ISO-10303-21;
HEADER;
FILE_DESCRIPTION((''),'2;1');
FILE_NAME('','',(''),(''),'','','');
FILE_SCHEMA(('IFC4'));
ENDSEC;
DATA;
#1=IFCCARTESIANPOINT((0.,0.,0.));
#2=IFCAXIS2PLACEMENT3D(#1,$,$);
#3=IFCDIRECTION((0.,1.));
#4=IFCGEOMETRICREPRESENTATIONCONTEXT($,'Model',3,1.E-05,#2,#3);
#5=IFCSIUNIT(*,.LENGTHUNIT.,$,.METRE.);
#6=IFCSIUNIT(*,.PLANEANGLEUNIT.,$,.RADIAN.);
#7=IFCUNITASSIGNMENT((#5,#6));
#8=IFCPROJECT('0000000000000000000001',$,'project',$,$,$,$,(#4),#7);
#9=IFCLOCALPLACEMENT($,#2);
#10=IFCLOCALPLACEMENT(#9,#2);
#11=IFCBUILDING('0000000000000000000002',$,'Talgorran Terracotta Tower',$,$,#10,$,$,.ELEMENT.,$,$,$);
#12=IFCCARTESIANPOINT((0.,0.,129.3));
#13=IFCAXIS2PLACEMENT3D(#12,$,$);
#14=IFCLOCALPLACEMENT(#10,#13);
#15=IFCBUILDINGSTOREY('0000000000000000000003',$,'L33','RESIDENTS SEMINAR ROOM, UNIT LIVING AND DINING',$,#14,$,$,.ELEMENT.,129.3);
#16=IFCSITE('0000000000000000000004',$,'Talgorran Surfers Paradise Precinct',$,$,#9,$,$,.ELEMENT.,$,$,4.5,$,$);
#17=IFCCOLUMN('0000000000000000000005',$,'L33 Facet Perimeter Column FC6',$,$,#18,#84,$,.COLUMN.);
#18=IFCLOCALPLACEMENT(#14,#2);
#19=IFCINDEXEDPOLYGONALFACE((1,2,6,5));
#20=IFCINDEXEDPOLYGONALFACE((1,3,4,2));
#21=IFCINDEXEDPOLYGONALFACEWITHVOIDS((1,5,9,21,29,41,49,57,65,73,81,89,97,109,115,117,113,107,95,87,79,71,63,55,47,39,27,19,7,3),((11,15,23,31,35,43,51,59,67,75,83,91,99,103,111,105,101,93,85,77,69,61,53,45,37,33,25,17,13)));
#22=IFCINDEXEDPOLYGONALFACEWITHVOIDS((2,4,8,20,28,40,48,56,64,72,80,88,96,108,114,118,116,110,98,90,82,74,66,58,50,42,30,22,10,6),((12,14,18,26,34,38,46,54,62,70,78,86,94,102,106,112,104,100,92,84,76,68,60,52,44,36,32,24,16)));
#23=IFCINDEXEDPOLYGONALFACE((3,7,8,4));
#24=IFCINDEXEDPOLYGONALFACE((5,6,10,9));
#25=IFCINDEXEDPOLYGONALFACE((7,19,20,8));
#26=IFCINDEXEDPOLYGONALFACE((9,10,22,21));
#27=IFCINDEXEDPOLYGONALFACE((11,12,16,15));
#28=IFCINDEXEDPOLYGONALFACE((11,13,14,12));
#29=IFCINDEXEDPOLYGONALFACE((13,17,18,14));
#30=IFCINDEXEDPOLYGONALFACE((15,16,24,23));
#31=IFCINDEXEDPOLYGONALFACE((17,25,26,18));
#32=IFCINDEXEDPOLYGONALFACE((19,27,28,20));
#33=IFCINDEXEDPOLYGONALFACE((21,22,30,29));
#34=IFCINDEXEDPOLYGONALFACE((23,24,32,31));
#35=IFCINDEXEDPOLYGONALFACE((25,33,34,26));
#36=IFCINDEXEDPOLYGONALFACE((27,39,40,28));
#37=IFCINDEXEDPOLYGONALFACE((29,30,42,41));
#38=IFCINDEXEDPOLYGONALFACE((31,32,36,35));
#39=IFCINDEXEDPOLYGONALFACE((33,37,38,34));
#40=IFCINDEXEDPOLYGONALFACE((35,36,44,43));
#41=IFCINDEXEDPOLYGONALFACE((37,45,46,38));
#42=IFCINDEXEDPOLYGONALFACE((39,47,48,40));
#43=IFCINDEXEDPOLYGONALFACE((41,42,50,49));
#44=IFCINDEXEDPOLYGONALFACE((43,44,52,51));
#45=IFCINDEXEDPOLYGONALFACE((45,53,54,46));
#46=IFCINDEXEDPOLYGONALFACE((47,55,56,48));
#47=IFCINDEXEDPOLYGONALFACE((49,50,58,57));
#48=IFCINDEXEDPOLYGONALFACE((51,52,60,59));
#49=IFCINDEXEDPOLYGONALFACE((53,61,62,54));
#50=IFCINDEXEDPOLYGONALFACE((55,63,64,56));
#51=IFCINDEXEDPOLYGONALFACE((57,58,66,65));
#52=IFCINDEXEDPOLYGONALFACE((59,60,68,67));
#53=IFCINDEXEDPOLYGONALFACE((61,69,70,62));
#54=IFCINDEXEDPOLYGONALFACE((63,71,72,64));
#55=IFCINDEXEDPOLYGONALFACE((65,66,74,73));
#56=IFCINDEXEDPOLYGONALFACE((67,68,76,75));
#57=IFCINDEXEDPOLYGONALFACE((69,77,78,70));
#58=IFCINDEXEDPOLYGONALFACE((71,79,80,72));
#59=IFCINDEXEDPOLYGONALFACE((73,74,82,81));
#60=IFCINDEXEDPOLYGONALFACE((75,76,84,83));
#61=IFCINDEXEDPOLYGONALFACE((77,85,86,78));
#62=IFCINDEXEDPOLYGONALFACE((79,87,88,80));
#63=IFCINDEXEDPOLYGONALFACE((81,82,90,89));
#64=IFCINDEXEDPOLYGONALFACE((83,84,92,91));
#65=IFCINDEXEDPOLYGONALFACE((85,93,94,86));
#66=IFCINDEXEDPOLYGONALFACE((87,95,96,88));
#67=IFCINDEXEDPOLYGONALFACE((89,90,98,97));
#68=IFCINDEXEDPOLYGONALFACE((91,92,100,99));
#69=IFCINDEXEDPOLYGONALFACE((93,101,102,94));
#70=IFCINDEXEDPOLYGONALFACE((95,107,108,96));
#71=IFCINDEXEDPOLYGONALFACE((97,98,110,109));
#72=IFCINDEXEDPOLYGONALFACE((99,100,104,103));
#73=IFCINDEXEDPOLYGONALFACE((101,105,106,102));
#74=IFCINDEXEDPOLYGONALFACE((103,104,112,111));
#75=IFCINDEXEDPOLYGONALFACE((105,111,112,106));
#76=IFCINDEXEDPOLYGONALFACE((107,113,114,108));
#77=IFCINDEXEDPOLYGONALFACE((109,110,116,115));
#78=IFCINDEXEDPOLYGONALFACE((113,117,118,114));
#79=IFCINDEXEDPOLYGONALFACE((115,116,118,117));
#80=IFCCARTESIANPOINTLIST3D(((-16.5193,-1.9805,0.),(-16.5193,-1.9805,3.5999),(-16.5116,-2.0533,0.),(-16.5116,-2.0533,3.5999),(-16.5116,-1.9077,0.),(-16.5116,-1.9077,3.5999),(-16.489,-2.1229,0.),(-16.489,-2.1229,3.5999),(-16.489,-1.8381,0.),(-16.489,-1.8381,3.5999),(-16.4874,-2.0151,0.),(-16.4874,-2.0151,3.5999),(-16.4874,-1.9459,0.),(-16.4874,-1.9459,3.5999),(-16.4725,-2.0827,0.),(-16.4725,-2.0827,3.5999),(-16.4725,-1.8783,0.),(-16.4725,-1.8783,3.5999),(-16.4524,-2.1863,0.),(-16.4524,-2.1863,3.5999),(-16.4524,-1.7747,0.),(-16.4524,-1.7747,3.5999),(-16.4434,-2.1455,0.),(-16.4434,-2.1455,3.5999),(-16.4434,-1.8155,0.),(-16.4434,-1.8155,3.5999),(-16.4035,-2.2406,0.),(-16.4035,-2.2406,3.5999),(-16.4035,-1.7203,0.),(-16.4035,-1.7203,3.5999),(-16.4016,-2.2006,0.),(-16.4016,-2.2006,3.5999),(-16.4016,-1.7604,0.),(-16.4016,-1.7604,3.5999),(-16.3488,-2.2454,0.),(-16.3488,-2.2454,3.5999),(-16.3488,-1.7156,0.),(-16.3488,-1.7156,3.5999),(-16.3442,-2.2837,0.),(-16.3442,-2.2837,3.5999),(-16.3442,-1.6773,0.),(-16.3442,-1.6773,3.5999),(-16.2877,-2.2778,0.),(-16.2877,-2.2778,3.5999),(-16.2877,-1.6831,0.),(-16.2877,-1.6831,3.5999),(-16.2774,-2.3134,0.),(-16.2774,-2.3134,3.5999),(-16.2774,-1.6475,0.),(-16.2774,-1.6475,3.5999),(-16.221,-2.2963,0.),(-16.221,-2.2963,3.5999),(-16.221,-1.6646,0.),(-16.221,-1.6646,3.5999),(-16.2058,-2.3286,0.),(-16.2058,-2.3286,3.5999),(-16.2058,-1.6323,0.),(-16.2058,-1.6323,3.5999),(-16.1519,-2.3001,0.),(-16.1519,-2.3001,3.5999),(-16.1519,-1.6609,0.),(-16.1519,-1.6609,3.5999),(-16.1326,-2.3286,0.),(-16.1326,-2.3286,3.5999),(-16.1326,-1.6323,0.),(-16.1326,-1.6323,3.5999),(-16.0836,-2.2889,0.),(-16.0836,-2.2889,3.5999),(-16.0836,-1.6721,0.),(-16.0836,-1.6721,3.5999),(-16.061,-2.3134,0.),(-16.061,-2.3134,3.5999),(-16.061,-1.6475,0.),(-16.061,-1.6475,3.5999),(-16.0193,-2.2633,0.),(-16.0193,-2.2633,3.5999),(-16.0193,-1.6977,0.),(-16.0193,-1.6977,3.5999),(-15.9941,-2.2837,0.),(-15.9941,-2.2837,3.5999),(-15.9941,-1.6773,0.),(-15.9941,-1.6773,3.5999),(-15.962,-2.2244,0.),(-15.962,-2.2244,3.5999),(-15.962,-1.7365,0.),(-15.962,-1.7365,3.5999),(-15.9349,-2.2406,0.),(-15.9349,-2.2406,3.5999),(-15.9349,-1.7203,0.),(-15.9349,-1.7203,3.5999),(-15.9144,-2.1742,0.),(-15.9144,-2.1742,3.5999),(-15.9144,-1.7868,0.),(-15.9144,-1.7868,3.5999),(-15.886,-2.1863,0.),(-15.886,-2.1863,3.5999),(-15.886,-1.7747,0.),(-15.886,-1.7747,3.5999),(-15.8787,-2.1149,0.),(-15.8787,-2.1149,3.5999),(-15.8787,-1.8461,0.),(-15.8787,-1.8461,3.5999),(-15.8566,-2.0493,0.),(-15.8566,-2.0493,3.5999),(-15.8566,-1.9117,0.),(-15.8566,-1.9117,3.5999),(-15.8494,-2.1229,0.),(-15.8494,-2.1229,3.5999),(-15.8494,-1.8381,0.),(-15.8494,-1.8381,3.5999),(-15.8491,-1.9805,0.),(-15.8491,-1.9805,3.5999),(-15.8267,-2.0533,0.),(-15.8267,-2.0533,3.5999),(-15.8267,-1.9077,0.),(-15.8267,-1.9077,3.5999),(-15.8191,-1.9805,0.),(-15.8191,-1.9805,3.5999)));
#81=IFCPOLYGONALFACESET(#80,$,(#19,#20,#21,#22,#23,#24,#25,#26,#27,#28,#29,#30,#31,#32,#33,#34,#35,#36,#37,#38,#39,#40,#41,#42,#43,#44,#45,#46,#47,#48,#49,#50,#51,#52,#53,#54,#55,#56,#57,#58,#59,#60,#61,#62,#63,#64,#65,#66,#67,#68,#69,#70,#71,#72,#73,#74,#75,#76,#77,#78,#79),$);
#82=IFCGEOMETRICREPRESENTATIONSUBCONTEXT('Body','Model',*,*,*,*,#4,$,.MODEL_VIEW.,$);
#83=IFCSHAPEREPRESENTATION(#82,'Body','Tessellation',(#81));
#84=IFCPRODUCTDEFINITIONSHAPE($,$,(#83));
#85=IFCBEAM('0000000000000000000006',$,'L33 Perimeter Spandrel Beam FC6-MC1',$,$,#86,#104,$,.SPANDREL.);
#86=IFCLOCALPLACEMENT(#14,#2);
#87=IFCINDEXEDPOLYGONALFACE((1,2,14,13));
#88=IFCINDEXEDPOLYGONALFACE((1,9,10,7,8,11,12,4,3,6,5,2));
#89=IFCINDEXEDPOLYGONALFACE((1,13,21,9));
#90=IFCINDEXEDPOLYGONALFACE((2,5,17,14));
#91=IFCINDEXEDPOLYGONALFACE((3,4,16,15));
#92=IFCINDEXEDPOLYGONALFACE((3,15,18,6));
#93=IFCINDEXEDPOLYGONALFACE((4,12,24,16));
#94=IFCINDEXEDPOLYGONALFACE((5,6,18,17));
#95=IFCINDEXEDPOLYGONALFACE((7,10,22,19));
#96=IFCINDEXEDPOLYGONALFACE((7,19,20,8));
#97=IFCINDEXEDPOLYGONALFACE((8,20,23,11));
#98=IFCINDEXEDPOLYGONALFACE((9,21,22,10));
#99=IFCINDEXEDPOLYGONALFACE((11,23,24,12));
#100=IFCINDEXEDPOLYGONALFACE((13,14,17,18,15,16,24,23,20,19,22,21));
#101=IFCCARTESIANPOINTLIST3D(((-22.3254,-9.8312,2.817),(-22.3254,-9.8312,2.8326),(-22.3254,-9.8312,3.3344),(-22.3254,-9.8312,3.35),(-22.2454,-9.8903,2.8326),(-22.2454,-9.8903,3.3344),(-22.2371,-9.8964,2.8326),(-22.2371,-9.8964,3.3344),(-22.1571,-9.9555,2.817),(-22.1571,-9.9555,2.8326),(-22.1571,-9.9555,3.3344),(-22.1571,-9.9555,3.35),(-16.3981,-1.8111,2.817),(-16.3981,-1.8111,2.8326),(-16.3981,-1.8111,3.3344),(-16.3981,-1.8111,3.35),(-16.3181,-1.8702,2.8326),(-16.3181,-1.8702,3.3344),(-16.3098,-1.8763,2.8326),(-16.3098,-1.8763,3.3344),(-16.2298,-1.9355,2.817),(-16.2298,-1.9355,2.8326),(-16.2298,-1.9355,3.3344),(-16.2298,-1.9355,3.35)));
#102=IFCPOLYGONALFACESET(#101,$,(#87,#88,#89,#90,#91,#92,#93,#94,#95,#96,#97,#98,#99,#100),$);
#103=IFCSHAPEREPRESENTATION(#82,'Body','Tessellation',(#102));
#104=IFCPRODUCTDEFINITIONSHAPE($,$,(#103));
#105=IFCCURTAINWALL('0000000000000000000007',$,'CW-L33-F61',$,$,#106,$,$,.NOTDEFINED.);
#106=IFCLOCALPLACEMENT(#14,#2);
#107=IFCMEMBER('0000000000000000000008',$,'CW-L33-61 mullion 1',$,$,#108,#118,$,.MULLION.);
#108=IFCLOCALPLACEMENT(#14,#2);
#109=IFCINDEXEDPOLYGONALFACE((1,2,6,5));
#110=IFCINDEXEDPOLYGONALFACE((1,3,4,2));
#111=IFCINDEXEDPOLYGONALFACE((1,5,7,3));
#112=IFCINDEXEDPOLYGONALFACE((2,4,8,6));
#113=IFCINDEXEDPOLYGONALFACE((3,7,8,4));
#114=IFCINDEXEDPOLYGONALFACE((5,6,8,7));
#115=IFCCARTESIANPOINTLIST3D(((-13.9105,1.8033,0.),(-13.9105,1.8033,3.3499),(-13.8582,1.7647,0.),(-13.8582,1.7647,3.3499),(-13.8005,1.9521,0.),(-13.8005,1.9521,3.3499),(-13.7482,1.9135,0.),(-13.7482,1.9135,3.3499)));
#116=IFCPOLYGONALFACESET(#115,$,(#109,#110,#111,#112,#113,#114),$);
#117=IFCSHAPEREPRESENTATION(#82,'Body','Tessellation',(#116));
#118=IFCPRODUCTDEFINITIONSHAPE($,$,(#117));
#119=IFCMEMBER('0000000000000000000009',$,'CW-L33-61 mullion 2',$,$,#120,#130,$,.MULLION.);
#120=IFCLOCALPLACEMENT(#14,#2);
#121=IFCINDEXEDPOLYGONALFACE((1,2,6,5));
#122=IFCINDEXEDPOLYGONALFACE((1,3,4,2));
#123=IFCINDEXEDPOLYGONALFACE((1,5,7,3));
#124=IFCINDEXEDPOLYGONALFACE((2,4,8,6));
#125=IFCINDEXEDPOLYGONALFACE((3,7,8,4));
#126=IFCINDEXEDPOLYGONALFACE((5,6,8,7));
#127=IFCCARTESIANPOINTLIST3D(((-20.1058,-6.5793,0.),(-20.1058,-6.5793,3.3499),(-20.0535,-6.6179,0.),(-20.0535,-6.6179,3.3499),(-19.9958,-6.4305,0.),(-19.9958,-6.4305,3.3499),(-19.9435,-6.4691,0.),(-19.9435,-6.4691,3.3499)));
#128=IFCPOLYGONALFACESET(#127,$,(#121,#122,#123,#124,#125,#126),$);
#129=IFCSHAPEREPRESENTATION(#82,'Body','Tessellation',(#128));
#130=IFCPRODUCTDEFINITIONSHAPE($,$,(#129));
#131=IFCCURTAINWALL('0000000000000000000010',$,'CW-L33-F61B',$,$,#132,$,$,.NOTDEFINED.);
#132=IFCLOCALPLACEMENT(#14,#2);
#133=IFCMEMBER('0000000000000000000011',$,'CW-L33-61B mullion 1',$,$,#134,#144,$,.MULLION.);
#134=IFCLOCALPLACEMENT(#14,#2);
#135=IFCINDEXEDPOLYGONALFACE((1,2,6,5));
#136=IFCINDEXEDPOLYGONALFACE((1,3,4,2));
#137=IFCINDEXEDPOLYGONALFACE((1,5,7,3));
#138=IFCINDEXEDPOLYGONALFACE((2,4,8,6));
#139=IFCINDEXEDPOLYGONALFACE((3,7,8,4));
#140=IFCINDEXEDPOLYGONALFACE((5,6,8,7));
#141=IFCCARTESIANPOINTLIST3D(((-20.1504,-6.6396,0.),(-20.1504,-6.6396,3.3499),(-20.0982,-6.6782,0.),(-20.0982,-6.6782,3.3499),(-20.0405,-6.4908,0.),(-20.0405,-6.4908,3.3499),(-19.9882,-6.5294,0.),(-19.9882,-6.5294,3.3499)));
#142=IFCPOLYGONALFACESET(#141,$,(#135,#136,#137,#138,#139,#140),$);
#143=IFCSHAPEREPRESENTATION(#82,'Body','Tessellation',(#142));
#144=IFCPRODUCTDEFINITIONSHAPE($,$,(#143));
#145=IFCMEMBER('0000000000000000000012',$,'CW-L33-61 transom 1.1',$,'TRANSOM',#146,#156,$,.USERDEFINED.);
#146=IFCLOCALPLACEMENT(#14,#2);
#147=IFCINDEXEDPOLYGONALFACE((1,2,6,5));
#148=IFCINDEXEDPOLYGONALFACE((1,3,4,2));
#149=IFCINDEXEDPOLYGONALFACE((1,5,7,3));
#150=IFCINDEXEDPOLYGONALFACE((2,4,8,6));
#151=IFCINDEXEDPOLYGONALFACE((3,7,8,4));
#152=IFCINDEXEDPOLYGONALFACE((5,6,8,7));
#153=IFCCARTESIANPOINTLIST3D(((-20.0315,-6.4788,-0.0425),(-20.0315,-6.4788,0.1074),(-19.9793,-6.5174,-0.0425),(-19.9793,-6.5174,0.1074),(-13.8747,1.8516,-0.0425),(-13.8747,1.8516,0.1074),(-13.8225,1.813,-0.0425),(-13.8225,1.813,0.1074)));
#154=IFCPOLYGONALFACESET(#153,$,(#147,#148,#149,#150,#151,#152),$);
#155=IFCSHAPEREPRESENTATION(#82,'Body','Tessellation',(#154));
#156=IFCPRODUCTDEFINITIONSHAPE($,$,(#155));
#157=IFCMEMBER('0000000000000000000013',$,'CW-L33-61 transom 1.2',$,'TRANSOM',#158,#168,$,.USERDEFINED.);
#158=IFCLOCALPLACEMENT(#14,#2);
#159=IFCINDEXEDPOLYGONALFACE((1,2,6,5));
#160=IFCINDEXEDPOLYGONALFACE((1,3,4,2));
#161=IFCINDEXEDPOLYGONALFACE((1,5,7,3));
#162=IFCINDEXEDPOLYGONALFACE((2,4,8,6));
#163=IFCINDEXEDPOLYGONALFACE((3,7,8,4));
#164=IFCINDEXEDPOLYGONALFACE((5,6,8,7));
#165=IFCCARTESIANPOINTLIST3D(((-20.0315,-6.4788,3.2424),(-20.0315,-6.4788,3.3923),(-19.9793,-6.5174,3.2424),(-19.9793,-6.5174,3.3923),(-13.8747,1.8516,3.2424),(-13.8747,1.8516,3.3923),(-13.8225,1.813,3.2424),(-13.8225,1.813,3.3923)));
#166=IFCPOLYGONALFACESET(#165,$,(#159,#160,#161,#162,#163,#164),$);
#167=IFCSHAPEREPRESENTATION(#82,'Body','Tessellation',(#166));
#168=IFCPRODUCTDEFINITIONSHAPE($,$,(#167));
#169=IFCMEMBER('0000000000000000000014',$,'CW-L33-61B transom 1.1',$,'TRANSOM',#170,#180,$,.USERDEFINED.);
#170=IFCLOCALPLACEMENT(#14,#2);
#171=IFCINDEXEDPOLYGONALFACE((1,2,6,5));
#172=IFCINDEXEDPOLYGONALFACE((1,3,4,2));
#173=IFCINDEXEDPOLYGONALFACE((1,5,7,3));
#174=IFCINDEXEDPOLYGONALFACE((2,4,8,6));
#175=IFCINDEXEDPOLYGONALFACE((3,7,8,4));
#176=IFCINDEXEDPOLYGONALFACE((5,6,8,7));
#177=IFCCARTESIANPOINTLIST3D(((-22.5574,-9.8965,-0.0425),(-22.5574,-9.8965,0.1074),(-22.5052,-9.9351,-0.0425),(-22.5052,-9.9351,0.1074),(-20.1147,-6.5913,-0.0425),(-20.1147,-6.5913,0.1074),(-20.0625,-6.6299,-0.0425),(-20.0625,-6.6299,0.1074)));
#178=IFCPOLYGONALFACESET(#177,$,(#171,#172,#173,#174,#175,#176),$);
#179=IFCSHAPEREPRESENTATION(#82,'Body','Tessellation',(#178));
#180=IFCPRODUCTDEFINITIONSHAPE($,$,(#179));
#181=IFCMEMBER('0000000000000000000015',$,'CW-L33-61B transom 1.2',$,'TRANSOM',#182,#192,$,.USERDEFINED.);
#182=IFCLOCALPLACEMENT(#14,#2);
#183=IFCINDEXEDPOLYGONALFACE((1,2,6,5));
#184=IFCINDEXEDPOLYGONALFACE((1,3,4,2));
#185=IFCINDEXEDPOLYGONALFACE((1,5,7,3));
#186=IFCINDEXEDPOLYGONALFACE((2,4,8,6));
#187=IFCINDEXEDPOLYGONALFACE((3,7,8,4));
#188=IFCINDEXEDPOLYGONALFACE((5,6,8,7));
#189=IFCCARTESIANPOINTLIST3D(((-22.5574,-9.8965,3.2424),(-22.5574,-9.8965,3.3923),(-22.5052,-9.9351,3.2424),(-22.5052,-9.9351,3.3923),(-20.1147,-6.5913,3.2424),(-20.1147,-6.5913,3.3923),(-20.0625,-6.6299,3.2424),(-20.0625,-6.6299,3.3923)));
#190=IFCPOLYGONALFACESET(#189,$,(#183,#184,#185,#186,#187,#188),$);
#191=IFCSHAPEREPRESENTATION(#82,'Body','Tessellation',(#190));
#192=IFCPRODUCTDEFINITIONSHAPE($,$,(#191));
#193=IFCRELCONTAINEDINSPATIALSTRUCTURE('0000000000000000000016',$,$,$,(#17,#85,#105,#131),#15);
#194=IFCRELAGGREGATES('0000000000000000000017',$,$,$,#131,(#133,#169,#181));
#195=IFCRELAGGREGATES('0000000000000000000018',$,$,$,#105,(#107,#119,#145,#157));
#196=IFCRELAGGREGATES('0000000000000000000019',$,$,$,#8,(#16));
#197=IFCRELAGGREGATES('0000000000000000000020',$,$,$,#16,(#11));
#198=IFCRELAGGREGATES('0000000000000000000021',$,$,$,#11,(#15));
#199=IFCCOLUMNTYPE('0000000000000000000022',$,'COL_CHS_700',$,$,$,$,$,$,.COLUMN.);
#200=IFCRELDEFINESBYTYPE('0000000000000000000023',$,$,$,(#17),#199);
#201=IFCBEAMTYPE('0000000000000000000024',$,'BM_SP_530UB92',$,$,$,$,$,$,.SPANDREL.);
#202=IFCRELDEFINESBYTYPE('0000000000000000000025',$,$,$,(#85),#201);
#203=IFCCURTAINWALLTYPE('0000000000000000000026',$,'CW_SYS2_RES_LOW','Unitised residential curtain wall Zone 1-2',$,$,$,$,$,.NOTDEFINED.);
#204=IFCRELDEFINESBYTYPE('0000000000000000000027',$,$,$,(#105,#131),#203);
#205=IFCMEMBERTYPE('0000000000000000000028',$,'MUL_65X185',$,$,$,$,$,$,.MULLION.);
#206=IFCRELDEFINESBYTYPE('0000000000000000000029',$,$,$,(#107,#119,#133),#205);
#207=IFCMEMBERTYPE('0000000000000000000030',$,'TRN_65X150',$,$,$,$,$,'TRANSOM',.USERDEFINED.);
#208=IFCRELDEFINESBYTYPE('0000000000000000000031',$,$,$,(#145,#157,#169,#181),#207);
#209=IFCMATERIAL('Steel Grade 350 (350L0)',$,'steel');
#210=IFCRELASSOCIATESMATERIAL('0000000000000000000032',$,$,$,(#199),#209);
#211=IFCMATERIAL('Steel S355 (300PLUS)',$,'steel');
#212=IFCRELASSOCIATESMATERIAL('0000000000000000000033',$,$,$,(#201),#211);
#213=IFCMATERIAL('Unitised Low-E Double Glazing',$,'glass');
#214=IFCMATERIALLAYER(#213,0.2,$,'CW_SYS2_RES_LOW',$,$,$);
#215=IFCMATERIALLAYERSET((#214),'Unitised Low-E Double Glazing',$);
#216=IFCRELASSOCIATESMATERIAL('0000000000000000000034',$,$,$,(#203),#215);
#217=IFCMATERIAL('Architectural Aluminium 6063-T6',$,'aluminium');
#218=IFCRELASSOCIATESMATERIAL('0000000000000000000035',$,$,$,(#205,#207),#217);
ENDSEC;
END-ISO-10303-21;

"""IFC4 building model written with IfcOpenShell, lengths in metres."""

from ifc_helpers import new_model, si_unit, direction, frame, origin, origin_2d, place, context, subcontext, project, spatial, rectangle, hollow_circle, i_section, extrude, material, layer, layer_set, material_profile, profile_set, type_object, element, aggregate, save


model = new_model("IFC4")

# Units and contexts
model_context = context("Model", 3, precision=1e-05, world=origin(), true_north=direction((0.0, 1.0)))
body_context = subcontext(model_context, "Body", "Model", "MODEL_VIEW")
ifc_project = project(units=[si_unit("LENGTHUNIT", "METRE"), si_unit("PLANEANGLEUNIT", "RADIAN")], contexts=[model_context])

# Site, building, storey
site_placement = place(None, origin())
site = spatial("IfcSite", under=ifc_project, at=site_placement, Name="Talgorran Surfers Paradise Precinct", CompositionType="ELEMENT", RefElevation=4.5)
building_placement = place(site_placement, origin())
building = spatial("IfcBuilding", under=site, at=building_placement, Name="Talgorran Terracotta Tower", CompositionType="ELEMENT")
storey_placement = place(building_placement, frame((0.0, 0.0, 129.3)))
storey = spatial("IfcBuildingStorey", under=building, at=storey_placement, Name="L33", Description="RESIDENTS SEMINAR ROOM, UNIT LIVING AND DINING", CompositionType="ELEMENT", Elevation=129.3)

# Column
ifc_material_1 = material(Name="Steel Grade 350 (350L0)", Category="steel")
ifc_material_profile_1 = material_profile(ifc_material_1, hollow_circle(Radius=0.3501, WallThickness=0.03, at=origin_2d()), Name="CHS700X30")
ifc_profile_set_1 = profile_set([ifc_material_profile_1], Name="Steel Grade 350 (350L0)")
column_type = type_object("IfcColumnType", Name="COL_CHS_700", PredefinedType="COLUMN", material=ifc_profile_set_1)
column_placement = place(storey_placement, frame((-16.1692, -1.9805, 0.0), z_axis=(0.0, 0.0, 1.0), x_axis=(1.0, 0.0, 0.0)))
element("IfcColumn", 1, at=column_placement, inside=storey, type_object=column_type, Name="L33 Facet Perimeter Column FC6", PredefinedType="COLUMN", context=body_context, shape_type="SweptSolid", body=[
    extrude(hollow_circle(Radius=0.3501, WallThickness=0.03, at=origin_2d()), origin(), (0.0, 0.0, 1.0), 3.5999),
])

# Beam
ifc_material_2 = material(Name="Steel S355 (300PLUS)", Category="steel")
ifc_material_profile_2 = material_profile(ifc_material_2, i_section(OverallWidth=0.2092, OverallDepth=0.533, WebThickness=0.0103, FlangeThickness=0.0156, at=origin_2d()), Name="530UB92.4")
ifc_profile_set_2 = profile_set([ifc_material_profile_2], Name="Steel S355 (300PLUS)")
beam_type = type_object("IfcBeamType", Name="BM_SP_530UB92", PredefinedType="SPANDREL", material=ifc_profile_set_2)
beam_placement = place(storey_placement, frame((-16.314, -1.8733, 3.0835), z_axis=(-0.594353, -0.804205, 0.0), x_axis=(0.804205, -0.594353, 0.0)))
element("IfcBeam", 2, at=beam_placement, inside=storey, type_object=beam_type, Name="L33 Perimeter Spandrel Beam FC6-MC1", PredefinedType="SPANDREL", context=body_context, shape_type="SweptSolid", body=[
    extrude(i_section(OverallWidth=0.2092, OverallDepth=0.533, WebThickness=0.0103, FlangeThickness=0.0156, at=origin_2d()), origin(), (0.0, 0.0, 1.0), 9.9727),
])

# Curtain wall, members
ifc_material_3 = material(Name="Unitised Low-E Double Glazing", Category="glass")
ifc_layer_1 = layer(ifc_material_3, 0.2, Name="CW_SYS2_RES_LOW")
ifc_layer_set_1 = layer_set([ifc_layer_1], Name="Unitised Low-E Double Glazing")
curtain_wall_type = type_object("IfcCurtainWallType", Name="CW_SYS2_RES_LOW", Description="Unitised residential curtain wall Zone 1-2", PredefinedType="NOTDEFINED", material=ifc_layer_set_1)
curtain_wall_1_placement = place(storey_placement, origin())
curtain_wall_1 = element("IfcCurtainWall", 3, at=curtain_wall_1_placement, inside=storey, type_object=curtain_wall_type, Name="CW-L33-F61", PredefinedType="NOTDEFINED")
ifc_material_4 = material(Name="Architectural Aluminium 6063-T6", Category="aluminium")
ifc_material_profile_3 = material_profile(ifc_material_4, rectangle(XDim=0.0649, YDim=0.1851, at=origin_2d()), Name="CWM65X185")
ifc_profile_set_3 = profile_set([ifc_material_profile_3], Name="Architectural Aluminium 6063-T6")
member_type_1 = type_object("IfcMemberType", Name="MUL_65X185", PredefinedType="MULLION", material=ifc_profile_set_3)
member_1_placement = place(storey_placement, frame((-13.8293, 1.8584, 0.0), z_axis=(0.0, 0.0, 1.0), x_axis=(0.804199, -0.594361, 0.0)))
member_1 = element("IfcMember", 4, at=member_1_placement, type_object=member_type_1, Name="CW-L33-61 mullion 1", PredefinedType="MULLION", context=body_context, shape_type="SweptSolid", body=[
    extrude(rectangle(XDim=0.0649, YDim=0.1851, at=origin_2d()), origin(), (0.0, 0.0, 1.0), 3.3499),
])
member_2_placement = place(storey_placement, frame((-20.0247, -6.5242, 0.0), z_axis=(0.0, 0.0, 1.0), x_axis=(0.804199, -0.594361, 0.0)))
member_2 = element("IfcMember", 5, at=member_2_placement, type_object=member_type_1, Name="CW-L33-61 mullion 2", PredefinedType="MULLION", context=body_context, shape_type="SweptSolid", body=[
    extrude(rectangle(XDim=0.0649, YDim=0.1851, at=origin_2d()), origin(), (0.0, 0.0, 1.0), 3.3499),
])

# Curtain wall, member
curtain_wall_2_placement = place(storey_placement, origin())
curtain_wall_2 = element("IfcCurtainWall", 6, at=curtain_wall_2_placement, inside=storey, type_object=curtain_wall_type, Name="CW-L33-F61B", PredefinedType="NOTDEFINED")
member_3_placement = place(storey_placement, frame((-20.0693, -6.5845, 0.0), z_axis=(0.0, 0.0, 1.0), x_axis=(0.8042, -0.594359, 0.0)))
member_3 = element("IfcMember", 7, at=member_3_placement, type_object=member_type_1, Name="CW-L33-61B mullion 1", PredefinedType="MULLION", context=body_context, shape_type="SweptSolid", body=[
    extrude(rectangle(XDim=0.0649, YDim=0.1851, at=origin_2d()), origin(), (0.0, 0.0, 1.0), 3.3499),
])

# Members
ifc_material_profile_4 = material_profile(ifc_material_4, rectangle(XDim=0.0649, YDim=0.1499, at=origin_2d()), Name="CWT65X150")
ifc_profile_set_4 = profile_set([ifc_material_profile_4], Name="Architectural Aluminium 6063-T6")
member_type_2 = type_object("IfcMemberType", Name="TRN_65X150", ElementType="TRANSOM", PredefinedType="USERDEFINED", material=ifc_profile_set_4)
member_4_placement = place(storey_placement, frame((-13.8486, 1.8323, 0.0325), z_axis=(-0.594363, -0.804197, 0.0), x_axis=(0.804197, -0.594363, 0.0)))
member_4 = element("IfcMember", 8, at=member_4_placement, type_object=member_type_2, Name="CW-L33-61 transom 1.1", ObjectType="TRANSOM", PredefinedType="USERDEFINED", context=body_context, shape_type="SweptSolid", body=[
    extrude(rectangle(XDim=0.0649, YDim=0.1499, at=origin_2d()), origin(), (0.0, 0.0, 1.0), 10.3586),
])
member_5_placement = place(storey_placement, frame((-13.8486, 1.8323, 3.3174), z_axis=(-0.594363, -0.804197, 0.0), x_axis=(0.804197, -0.594363, 0.0)))
member_5 = element("IfcMember", 9, at=member_5_placement, type_object=member_type_2, Name="CW-L33-61 transom 1.2", ObjectType="TRANSOM", PredefinedType="USERDEFINED", context=body_context, shape_type="SweptSolid", body=[
    extrude(rectangle(XDim=0.0649, YDim=0.1499, at=origin_2d()), origin(), (0.0, 0.0, 1.0), 10.3586),
])
member_6_placement = place(storey_placement, frame((-20.0886, -6.6106, 0.0325), z_axis=(-0.594339, -0.804214, 0.0), x_axis=(0.804214, -0.594339, 0.0)))
member_6 = element("IfcMember", 10, at=member_6_placement, type_object=member_type_2, Name="CW-L33-61B transom 1.1", ObjectType="TRANSOM", PredefinedType="USERDEFINED", context=body_context, shape_type="SweptSolid", body=[
    extrude(rectangle(XDim=0.0649, YDim=0.1499, at=origin_2d()), origin(), (0.0, 0.0, 1.0), 4.1099),
])
member_7_placement = place(storey_placement, frame((-20.0886, -6.6106, 3.3174), z_axis=(-0.594339, -0.804214, 0.0), x_axis=(0.804214, -0.594339, 0.0)))
member_7 = element("IfcMember", 11, at=member_7_placement, type_object=member_type_2, Name="CW-L33-61B transom 1.2", ObjectType="TRANSOM", PredefinedType="USERDEFINED", context=body_context, shape_type="SweptSolid", body=[
    extrude(rectangle(XDim=0.0649, YDim=0.1499, at=origin_2d()), origin(), (0.0, 0.0, 1.0), 4.1099),
])
aggregate(curtain_wall_2, [member_3, member_6, member_7])

aggregate(curtain_wall_1, [member_1, member_2, member_4, member_5])

save(model, "model.ifc")
